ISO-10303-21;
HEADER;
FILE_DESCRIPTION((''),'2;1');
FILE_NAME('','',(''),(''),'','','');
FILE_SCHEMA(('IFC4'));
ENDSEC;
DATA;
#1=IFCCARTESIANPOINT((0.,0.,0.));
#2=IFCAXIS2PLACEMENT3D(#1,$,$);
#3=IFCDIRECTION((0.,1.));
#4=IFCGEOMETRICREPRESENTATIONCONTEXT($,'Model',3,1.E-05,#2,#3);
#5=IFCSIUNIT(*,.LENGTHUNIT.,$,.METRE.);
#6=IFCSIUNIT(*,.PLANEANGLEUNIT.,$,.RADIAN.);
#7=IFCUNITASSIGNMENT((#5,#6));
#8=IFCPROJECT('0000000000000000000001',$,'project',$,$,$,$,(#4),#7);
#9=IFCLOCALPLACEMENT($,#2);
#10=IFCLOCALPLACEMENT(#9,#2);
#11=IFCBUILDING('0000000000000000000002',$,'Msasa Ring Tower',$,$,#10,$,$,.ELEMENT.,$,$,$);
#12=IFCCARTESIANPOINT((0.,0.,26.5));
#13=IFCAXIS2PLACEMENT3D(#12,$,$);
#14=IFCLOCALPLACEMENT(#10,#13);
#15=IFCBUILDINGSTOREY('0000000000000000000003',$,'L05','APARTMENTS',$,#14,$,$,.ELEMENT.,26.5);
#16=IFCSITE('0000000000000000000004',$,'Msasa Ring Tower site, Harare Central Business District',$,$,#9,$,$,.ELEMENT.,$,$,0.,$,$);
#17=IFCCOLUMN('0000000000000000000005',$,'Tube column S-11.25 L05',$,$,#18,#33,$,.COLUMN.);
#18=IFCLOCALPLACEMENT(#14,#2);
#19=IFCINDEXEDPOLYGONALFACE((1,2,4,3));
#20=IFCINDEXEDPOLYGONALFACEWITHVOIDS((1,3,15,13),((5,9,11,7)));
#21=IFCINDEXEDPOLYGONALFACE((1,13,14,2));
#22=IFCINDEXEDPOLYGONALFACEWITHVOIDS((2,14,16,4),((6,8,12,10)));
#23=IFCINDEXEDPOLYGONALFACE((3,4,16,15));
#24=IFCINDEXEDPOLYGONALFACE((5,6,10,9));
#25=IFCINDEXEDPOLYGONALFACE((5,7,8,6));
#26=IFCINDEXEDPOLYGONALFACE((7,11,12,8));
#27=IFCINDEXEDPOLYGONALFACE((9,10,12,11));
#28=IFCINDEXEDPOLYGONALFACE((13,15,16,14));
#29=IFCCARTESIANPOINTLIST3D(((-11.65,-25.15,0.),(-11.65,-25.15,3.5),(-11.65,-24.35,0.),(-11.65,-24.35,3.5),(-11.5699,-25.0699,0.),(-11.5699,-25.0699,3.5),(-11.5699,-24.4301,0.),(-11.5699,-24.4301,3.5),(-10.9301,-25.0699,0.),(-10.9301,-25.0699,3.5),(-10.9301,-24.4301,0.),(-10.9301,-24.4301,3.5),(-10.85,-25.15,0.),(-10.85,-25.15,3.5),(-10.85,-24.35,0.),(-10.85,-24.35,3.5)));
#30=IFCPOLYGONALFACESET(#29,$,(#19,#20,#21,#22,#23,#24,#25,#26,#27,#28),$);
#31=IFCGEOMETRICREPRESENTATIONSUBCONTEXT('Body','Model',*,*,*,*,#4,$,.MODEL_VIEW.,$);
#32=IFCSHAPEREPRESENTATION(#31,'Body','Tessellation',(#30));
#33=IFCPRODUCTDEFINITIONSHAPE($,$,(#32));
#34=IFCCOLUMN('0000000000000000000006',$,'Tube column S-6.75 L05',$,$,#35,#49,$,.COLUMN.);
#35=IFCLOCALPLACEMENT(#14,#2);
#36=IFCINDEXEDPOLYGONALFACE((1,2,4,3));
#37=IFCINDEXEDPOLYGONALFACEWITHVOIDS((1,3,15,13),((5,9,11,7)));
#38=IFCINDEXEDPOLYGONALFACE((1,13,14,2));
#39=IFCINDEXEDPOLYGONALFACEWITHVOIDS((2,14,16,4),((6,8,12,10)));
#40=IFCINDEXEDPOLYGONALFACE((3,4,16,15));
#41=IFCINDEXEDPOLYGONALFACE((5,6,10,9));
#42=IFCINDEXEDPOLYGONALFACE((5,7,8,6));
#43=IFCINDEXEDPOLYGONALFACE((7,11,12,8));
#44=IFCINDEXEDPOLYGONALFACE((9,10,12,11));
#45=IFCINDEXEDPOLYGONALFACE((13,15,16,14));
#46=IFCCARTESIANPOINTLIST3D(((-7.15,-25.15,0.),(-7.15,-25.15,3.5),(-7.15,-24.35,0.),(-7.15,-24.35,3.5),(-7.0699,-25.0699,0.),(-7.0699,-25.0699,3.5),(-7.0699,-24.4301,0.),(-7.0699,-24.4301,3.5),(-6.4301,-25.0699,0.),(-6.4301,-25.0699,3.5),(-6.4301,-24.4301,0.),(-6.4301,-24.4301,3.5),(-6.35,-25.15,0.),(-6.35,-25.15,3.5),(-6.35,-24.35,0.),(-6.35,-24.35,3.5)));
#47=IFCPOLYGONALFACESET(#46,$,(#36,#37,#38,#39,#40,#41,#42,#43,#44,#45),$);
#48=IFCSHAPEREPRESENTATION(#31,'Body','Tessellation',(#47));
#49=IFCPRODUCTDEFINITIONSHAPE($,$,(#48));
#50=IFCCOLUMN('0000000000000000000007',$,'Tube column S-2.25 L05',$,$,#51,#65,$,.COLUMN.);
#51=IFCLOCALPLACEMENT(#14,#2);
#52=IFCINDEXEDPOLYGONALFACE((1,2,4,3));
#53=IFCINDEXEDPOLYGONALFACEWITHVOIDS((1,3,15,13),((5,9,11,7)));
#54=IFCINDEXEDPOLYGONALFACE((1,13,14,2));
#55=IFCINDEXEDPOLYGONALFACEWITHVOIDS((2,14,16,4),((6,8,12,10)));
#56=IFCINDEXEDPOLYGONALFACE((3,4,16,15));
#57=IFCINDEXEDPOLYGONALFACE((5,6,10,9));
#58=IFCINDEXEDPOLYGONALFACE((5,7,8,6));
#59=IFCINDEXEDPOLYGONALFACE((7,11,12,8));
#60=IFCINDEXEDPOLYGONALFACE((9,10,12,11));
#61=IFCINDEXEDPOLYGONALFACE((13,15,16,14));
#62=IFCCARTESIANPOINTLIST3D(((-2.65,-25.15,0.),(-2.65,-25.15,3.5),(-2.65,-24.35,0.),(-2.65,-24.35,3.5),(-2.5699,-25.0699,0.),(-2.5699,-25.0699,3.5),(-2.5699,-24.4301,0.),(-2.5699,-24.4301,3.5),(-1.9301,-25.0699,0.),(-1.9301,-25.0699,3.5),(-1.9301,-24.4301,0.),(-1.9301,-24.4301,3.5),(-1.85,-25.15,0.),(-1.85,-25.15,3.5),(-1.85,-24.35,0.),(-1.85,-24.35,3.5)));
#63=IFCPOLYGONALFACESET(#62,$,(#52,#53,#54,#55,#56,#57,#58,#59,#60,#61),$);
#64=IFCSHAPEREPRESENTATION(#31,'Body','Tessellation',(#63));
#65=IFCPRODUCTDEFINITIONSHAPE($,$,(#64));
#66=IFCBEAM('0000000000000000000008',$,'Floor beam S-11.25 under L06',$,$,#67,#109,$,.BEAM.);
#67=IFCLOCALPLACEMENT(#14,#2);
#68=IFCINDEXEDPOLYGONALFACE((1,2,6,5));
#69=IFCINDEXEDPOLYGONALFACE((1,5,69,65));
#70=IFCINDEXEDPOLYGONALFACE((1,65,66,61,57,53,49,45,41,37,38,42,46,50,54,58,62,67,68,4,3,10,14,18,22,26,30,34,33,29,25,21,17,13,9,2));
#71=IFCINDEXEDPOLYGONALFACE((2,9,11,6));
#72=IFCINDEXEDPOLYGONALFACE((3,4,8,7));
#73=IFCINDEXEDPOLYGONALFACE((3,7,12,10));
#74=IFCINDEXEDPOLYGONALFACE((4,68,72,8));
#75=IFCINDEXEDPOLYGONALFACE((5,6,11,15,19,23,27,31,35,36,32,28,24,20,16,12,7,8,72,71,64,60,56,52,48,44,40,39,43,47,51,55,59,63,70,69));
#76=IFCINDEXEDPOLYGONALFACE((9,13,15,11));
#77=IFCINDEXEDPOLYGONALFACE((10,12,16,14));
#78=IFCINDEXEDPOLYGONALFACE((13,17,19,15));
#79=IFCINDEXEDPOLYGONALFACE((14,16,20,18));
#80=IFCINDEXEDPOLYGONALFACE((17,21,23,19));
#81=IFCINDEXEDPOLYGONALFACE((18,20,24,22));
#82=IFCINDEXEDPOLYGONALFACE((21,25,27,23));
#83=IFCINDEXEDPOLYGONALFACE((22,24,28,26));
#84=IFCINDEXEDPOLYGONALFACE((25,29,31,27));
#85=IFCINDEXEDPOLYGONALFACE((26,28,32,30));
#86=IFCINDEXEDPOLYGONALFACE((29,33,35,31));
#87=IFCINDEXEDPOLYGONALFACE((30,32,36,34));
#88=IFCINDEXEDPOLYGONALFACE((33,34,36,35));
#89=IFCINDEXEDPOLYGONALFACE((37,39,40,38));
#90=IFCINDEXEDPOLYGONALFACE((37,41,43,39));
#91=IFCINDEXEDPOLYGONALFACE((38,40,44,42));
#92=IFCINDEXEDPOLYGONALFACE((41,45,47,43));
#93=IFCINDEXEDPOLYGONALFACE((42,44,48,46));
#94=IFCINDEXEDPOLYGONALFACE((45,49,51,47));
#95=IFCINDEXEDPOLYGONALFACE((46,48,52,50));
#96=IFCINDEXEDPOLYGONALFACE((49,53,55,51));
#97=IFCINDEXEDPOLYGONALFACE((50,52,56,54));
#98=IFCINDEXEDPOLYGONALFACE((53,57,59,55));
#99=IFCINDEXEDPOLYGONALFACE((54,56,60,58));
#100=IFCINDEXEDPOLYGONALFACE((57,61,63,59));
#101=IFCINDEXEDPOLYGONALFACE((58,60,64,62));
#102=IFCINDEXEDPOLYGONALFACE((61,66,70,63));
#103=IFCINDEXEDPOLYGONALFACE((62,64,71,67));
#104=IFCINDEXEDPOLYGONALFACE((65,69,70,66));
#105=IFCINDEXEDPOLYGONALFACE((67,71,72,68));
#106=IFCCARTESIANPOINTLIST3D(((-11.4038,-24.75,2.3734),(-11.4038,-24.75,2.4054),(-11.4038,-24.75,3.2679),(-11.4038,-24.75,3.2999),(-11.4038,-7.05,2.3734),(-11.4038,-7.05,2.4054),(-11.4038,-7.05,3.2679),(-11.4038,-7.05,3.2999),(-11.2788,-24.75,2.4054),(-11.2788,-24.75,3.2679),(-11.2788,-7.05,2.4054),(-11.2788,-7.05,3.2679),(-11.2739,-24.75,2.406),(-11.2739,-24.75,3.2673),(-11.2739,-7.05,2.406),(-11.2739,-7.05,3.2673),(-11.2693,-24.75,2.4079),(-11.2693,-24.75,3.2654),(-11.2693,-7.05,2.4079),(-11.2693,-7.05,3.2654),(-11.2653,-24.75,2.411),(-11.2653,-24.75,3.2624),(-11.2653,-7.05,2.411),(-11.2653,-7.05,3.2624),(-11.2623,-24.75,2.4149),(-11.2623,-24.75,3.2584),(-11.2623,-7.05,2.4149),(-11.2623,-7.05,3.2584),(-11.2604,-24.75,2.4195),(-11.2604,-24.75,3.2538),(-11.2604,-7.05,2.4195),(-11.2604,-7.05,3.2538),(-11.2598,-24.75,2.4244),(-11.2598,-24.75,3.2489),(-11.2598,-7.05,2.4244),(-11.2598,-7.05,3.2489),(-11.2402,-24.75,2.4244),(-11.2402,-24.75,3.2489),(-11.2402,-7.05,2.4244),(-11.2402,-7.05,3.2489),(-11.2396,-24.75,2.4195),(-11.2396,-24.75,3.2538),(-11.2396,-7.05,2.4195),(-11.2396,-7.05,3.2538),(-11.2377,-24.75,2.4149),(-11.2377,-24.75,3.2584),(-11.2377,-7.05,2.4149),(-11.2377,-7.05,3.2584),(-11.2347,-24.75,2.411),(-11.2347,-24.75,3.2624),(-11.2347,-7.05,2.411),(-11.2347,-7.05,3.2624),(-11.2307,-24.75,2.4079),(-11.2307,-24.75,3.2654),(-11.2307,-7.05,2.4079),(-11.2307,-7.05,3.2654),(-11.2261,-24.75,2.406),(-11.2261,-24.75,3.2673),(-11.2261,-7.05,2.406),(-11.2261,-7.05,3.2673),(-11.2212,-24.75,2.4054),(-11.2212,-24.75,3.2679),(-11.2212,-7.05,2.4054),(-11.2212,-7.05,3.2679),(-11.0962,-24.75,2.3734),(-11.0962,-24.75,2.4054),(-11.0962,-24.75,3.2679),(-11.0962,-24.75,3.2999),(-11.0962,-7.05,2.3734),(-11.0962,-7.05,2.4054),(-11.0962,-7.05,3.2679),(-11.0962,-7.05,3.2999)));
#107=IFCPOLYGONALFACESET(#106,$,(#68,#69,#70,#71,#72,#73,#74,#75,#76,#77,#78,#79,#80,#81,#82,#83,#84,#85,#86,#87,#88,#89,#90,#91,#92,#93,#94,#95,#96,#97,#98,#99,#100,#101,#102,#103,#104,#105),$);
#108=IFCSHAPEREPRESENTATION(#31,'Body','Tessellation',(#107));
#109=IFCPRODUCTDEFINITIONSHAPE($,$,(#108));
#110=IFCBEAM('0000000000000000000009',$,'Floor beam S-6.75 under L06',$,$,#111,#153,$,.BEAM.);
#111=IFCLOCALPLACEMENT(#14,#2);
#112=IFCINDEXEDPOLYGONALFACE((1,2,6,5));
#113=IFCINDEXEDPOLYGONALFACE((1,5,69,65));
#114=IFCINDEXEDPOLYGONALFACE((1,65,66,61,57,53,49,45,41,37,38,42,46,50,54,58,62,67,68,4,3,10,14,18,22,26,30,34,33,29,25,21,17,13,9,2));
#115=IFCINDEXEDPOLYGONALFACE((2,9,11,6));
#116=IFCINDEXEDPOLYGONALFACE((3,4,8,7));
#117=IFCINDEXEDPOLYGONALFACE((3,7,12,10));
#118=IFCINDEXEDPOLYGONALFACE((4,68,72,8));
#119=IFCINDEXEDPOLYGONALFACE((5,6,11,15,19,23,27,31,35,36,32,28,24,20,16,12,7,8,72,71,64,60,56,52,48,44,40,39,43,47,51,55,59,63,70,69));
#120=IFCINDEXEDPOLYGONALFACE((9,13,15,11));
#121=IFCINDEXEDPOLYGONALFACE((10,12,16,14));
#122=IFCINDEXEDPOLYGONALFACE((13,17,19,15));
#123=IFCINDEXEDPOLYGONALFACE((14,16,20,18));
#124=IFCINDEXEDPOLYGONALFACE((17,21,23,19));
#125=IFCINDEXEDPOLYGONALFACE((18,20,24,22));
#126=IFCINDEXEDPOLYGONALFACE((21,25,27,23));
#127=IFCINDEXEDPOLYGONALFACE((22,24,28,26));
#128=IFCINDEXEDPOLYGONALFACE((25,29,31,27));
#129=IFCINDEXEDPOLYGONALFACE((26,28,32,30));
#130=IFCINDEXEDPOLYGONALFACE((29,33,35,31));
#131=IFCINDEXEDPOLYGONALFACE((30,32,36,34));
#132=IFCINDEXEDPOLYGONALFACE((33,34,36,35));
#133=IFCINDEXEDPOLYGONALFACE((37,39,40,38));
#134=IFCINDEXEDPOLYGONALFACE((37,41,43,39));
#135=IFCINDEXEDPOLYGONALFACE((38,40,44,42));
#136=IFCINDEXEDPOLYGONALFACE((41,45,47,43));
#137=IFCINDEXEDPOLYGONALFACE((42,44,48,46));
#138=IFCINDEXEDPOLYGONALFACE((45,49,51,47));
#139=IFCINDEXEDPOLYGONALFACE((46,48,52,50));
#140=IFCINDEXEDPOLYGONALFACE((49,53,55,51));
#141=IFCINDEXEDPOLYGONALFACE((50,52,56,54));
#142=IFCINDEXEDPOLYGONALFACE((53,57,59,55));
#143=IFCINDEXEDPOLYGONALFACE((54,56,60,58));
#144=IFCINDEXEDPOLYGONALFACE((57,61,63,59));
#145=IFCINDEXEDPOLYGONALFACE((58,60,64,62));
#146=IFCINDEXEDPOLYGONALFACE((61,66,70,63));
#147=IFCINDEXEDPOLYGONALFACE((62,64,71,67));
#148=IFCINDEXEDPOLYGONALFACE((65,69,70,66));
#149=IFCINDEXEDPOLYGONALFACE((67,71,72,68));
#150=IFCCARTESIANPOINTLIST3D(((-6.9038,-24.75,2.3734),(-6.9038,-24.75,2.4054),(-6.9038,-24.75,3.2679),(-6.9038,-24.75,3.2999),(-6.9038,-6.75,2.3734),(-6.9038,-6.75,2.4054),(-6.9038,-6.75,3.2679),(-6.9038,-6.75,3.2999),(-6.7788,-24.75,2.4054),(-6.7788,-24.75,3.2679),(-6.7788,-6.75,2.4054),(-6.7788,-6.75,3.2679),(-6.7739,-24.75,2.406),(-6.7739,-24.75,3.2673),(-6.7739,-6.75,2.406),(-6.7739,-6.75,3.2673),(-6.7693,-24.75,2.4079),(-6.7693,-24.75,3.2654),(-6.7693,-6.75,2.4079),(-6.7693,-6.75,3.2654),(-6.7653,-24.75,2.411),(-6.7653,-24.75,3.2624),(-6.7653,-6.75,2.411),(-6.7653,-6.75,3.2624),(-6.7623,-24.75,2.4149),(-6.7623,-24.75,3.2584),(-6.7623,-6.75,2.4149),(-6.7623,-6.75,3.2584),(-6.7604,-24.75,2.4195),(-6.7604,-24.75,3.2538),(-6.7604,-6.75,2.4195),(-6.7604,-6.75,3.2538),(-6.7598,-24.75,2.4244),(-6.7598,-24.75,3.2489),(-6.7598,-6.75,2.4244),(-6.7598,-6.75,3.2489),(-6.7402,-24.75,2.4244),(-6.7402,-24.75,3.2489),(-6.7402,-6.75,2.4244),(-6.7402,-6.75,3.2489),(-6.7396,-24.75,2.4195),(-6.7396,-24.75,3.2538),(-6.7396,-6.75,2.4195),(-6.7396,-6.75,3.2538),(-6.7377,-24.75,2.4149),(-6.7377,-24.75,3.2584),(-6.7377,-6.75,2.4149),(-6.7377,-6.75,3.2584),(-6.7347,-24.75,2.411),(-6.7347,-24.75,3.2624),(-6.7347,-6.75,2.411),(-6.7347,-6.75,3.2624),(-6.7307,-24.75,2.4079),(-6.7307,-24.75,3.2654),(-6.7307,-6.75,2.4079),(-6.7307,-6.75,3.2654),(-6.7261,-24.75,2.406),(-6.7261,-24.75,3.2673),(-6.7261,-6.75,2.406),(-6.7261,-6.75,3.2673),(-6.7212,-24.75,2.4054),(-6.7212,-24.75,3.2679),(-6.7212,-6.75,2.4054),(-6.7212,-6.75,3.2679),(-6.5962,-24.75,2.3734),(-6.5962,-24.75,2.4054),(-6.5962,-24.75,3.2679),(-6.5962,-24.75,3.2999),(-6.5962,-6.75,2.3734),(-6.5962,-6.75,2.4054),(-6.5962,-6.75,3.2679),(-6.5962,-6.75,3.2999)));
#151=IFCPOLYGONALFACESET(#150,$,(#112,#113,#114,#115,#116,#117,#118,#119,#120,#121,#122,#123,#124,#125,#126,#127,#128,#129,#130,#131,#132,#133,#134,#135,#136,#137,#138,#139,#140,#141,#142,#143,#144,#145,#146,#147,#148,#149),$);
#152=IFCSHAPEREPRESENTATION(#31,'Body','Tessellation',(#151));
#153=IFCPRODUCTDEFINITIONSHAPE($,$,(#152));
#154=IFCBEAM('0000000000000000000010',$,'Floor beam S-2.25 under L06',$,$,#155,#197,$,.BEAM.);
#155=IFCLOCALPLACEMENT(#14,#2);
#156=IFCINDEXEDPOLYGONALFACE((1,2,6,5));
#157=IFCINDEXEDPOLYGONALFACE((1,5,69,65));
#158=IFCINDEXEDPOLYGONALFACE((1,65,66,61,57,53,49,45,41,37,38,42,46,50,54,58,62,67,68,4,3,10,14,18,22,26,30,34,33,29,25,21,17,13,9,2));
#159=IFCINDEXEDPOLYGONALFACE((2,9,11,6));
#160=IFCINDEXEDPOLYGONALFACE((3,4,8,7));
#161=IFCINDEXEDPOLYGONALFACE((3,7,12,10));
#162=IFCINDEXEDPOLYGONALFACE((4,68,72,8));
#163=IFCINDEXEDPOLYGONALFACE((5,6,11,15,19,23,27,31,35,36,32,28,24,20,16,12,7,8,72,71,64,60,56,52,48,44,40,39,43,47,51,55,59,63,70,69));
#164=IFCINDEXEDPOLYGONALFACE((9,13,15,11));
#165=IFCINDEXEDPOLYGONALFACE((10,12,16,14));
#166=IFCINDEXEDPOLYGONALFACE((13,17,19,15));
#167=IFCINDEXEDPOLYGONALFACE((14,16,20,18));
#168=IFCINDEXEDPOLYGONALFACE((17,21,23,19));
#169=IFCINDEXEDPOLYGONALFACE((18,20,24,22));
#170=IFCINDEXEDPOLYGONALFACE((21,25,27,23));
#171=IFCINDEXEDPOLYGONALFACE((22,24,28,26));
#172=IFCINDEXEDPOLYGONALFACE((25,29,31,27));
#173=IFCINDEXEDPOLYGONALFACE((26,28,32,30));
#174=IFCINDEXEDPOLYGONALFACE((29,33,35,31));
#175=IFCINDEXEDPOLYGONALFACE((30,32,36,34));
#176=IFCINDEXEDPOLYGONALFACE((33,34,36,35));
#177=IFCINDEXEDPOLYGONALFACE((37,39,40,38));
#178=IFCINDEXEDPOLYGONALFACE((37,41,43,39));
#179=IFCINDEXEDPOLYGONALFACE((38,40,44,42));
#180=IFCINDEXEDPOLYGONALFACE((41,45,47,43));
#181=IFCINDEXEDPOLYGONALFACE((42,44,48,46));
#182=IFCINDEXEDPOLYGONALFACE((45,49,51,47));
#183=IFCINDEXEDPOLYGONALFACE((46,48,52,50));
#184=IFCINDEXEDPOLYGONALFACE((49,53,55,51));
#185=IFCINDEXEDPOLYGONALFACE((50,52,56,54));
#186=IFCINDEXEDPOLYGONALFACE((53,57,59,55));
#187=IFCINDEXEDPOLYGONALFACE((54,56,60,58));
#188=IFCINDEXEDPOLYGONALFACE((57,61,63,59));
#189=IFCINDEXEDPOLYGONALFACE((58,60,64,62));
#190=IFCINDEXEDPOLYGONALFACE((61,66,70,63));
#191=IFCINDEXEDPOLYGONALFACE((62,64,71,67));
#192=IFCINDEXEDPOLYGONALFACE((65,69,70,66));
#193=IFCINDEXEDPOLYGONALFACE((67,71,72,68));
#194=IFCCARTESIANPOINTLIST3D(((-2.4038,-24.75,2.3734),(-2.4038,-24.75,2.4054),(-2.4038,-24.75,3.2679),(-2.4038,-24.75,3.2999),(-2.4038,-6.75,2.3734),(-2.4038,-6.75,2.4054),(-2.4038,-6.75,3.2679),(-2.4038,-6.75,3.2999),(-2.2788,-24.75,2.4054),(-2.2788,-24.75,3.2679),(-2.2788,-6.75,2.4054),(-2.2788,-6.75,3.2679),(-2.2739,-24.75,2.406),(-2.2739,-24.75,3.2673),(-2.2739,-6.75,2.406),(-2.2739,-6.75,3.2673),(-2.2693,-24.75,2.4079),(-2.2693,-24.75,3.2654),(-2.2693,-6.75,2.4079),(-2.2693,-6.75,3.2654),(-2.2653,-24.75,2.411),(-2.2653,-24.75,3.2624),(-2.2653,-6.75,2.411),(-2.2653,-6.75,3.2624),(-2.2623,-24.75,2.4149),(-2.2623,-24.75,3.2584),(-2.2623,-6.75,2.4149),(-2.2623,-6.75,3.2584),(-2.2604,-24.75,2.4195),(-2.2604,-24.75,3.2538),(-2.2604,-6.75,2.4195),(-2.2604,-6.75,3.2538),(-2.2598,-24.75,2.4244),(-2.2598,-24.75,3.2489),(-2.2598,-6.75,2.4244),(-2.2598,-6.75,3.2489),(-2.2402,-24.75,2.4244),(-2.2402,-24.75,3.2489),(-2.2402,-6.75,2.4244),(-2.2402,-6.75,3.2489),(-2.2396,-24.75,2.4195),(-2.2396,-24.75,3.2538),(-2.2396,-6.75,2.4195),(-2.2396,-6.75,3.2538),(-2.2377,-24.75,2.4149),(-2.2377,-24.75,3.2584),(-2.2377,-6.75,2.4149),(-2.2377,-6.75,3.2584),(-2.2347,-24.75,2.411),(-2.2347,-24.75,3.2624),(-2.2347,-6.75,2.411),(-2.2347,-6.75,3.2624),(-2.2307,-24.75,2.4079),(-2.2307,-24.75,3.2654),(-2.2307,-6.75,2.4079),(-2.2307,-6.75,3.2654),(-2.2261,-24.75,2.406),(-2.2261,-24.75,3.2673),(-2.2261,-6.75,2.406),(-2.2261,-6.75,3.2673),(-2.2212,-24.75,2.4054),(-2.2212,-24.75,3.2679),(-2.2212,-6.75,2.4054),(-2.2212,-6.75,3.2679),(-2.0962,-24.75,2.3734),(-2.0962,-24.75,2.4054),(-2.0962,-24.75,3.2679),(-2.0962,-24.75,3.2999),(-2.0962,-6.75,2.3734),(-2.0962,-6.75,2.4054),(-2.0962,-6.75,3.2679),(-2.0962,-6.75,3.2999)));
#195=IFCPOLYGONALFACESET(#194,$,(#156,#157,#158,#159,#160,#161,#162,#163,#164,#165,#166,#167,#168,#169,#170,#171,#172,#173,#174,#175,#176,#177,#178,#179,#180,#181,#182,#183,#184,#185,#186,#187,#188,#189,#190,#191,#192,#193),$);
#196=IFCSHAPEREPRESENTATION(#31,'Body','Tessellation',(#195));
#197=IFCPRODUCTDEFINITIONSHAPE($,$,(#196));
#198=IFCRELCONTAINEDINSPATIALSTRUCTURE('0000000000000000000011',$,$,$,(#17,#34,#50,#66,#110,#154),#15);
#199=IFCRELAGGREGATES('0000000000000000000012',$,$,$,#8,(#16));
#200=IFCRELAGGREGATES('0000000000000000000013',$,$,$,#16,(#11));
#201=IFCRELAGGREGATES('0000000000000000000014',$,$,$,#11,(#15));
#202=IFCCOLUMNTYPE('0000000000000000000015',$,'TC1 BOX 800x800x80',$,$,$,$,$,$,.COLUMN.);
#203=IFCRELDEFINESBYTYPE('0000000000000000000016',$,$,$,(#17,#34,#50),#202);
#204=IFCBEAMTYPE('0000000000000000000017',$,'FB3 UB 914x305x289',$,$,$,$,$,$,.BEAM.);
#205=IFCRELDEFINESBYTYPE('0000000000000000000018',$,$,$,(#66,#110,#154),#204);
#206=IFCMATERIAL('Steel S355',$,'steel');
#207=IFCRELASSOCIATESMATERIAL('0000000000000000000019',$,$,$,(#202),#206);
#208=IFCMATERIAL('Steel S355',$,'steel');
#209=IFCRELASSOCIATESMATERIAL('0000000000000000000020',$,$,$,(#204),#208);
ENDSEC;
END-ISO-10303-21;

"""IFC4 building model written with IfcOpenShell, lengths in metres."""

from ifc_helpers import new_model, si_unit, direction, frame, origin, origin_2d, place, context, subcontext, project, spatial, hollow_rectangle, i_section, extrude, material, material_profile, profile_set, type_object, element, save


model = new_model("IFC4")

# Units and contexts
model_context = context("Model", 3, precision=1e-05, world=origin(), true_north=direction((0.0, 1.0)))
body_context = subcontext(model_context, "Body", "Model", "MODEL_VIEW")
ifc_project = project(units=[si_unit("LENGTHUNIT", "METRE"), si_unit("PLANEANGLEUNIT", "RADIAN")], contexts=[model_context])

# Site, building, storey
site_placement = place(None, origin())
site = spatial("IfcSite", under=ifc_project, at=site_placement, Name="Msasa Ring Tower site, Harare Central Business District", CompositionType="ELEMENT", RefElevation=0.0)
building_placement = place(site_placement, origin())
building = spatial("IfcBuilding", under=site, at=building_placement, Name="Msasa Ring Tower", CompositionType="ELEMENT")
storey_placement = place(building_placement, frame((0.0, 0.0, 26.5)))
storey = spatial("IfcBuildingStorey", under=building, at=storey_placement, Name="L05", Description="APARTMENTS", CompositionType="ELEMENT", Elevation=26.5)

# Columns
ifc_material_1 = material(Name="Steel S355", Category="steel")
ifc_material_profile_1 = material_profile(ifc_material_1, hollow_rectangle(XDim=0.8, YDim=0.8, WallThickness=0.0801, at=origin_2d()), Name="BOX 800x800x80")
ifc_profile_set_1 = profile_set([ifc_material_profile_1], Name="Steel S355")
column_type = type_object("IfcColumnType", Name="TC1 BOX 800x800x80", PredefinedType="COLUMN", material=ifc_profile_set_1)
for number, where, z_axis, x_axis, name in (
    (1, (-11.25, -24.75, 0.0), (0.0, 0.0, 1.0), (0.0, 1.0, 0.0), "Tube column S-11.25 L05"),
    (2, (-6.75, -24.75, 0.0), (0.0, 0.0, 1.0), (0.0, 1.0, 0.0), "Tube column S-6.75 L05"),
    (3, (-2.25, -24.75, 0.0), (0.0, 0.0, 1.0), (0.0, 1.0, 0.0), "Tube column S-2.25 L05"),
):
    element("IfcColumn", number, at=place(storey_placement, frame(where, z_axis=z_axis, x_axis=x_axis)), inside=storey, type_object=column_type, Name=name, PredefinedType="COLUMN", context=body_context, shape_type="SweptSolid", body=[
        extrude(hollow_rectangle(XDim=0.8, YDim=0.8, WallThickness=0.0801, at=origin_2d()), origin(), (0.0, 0.0, 1.0), 3.5),
    ])

# Beams
ifc_material_2 = material(Name="Steel S355", Category="steel")
ifc_material_profile_2 = material_profile(ifc_material_2, i_section(OverallWidth=0.3076, OverallDepth=0.9265, WebThickness=0.0195, FlangeThickness=0.032, FilletRadius=0.019, at=origin_2d()), Name="UB 914x305x289")
ifc_profile_set_2 = profile_set([ifc_material_profile_2], Name="Steel S355")
beam_type_1 = type_object("IfcBeamType", Name="FB3 UB 914x305x289", PredefinedType="BEAM", material=ifc_profile_set_2)
beam_placement = place(storey_placement, frame((-11.25, -24.75, 2.8367), z_axis=(0.0, 1.0, 0.0), x_axis=(-1.0, 0.0, 0.0)))
element("IfcBeam", 4, at=beam_placement, inside=storey, type_object=beam_type_1, Name="Floor beam S-11.25 under L06", PredefinedType="BEAM", context=body_context, shape_type="SweptSolid", body=[
    extrude(i_section(OverallWidth=0.3076, OverallDepth=0.9265, WebThickness=0.0195, FlangeThickness=0.032, FilletRadius=0.019, at=origin_2d()), origin(), (0.0, 0.0, 1.0), 17.7),
])
for number, where, z_axis, x_axis, name in (
    (5, (-6.75, -24.75, 2.8367), (0.0, 1.0, 0.0), (-1.0, 0.0, 0.0), "Floor beam S-6.75 under L06"),
    (6, (-2.25, -24.75, 2.8367), (0.0, 1.0, 0.0), (-1.0, 0.0, 0.0), "Floor beam S-2.25 under L06"),
):
    element("IfcBeam", number, at=place(storey_placement, frame(where, z_axis=z_axis, x_axis=x_axis)), inside=storey, type_object=beam_type_1, Name=name, PredefinedType="BEAM", context=body_context, shape_type="SweptSolid", body=[
        extrude(i_section(OverallWidth=0.3076, OverallDepth=0.9265, WebThickness=0.0195, FlangeThickness=0.032, FilletRadius=0.019, at=origin_2d()), origin(), (0.0, 0.0, 1.0), 18.0),
    ])

save(model, "model.ifc")
